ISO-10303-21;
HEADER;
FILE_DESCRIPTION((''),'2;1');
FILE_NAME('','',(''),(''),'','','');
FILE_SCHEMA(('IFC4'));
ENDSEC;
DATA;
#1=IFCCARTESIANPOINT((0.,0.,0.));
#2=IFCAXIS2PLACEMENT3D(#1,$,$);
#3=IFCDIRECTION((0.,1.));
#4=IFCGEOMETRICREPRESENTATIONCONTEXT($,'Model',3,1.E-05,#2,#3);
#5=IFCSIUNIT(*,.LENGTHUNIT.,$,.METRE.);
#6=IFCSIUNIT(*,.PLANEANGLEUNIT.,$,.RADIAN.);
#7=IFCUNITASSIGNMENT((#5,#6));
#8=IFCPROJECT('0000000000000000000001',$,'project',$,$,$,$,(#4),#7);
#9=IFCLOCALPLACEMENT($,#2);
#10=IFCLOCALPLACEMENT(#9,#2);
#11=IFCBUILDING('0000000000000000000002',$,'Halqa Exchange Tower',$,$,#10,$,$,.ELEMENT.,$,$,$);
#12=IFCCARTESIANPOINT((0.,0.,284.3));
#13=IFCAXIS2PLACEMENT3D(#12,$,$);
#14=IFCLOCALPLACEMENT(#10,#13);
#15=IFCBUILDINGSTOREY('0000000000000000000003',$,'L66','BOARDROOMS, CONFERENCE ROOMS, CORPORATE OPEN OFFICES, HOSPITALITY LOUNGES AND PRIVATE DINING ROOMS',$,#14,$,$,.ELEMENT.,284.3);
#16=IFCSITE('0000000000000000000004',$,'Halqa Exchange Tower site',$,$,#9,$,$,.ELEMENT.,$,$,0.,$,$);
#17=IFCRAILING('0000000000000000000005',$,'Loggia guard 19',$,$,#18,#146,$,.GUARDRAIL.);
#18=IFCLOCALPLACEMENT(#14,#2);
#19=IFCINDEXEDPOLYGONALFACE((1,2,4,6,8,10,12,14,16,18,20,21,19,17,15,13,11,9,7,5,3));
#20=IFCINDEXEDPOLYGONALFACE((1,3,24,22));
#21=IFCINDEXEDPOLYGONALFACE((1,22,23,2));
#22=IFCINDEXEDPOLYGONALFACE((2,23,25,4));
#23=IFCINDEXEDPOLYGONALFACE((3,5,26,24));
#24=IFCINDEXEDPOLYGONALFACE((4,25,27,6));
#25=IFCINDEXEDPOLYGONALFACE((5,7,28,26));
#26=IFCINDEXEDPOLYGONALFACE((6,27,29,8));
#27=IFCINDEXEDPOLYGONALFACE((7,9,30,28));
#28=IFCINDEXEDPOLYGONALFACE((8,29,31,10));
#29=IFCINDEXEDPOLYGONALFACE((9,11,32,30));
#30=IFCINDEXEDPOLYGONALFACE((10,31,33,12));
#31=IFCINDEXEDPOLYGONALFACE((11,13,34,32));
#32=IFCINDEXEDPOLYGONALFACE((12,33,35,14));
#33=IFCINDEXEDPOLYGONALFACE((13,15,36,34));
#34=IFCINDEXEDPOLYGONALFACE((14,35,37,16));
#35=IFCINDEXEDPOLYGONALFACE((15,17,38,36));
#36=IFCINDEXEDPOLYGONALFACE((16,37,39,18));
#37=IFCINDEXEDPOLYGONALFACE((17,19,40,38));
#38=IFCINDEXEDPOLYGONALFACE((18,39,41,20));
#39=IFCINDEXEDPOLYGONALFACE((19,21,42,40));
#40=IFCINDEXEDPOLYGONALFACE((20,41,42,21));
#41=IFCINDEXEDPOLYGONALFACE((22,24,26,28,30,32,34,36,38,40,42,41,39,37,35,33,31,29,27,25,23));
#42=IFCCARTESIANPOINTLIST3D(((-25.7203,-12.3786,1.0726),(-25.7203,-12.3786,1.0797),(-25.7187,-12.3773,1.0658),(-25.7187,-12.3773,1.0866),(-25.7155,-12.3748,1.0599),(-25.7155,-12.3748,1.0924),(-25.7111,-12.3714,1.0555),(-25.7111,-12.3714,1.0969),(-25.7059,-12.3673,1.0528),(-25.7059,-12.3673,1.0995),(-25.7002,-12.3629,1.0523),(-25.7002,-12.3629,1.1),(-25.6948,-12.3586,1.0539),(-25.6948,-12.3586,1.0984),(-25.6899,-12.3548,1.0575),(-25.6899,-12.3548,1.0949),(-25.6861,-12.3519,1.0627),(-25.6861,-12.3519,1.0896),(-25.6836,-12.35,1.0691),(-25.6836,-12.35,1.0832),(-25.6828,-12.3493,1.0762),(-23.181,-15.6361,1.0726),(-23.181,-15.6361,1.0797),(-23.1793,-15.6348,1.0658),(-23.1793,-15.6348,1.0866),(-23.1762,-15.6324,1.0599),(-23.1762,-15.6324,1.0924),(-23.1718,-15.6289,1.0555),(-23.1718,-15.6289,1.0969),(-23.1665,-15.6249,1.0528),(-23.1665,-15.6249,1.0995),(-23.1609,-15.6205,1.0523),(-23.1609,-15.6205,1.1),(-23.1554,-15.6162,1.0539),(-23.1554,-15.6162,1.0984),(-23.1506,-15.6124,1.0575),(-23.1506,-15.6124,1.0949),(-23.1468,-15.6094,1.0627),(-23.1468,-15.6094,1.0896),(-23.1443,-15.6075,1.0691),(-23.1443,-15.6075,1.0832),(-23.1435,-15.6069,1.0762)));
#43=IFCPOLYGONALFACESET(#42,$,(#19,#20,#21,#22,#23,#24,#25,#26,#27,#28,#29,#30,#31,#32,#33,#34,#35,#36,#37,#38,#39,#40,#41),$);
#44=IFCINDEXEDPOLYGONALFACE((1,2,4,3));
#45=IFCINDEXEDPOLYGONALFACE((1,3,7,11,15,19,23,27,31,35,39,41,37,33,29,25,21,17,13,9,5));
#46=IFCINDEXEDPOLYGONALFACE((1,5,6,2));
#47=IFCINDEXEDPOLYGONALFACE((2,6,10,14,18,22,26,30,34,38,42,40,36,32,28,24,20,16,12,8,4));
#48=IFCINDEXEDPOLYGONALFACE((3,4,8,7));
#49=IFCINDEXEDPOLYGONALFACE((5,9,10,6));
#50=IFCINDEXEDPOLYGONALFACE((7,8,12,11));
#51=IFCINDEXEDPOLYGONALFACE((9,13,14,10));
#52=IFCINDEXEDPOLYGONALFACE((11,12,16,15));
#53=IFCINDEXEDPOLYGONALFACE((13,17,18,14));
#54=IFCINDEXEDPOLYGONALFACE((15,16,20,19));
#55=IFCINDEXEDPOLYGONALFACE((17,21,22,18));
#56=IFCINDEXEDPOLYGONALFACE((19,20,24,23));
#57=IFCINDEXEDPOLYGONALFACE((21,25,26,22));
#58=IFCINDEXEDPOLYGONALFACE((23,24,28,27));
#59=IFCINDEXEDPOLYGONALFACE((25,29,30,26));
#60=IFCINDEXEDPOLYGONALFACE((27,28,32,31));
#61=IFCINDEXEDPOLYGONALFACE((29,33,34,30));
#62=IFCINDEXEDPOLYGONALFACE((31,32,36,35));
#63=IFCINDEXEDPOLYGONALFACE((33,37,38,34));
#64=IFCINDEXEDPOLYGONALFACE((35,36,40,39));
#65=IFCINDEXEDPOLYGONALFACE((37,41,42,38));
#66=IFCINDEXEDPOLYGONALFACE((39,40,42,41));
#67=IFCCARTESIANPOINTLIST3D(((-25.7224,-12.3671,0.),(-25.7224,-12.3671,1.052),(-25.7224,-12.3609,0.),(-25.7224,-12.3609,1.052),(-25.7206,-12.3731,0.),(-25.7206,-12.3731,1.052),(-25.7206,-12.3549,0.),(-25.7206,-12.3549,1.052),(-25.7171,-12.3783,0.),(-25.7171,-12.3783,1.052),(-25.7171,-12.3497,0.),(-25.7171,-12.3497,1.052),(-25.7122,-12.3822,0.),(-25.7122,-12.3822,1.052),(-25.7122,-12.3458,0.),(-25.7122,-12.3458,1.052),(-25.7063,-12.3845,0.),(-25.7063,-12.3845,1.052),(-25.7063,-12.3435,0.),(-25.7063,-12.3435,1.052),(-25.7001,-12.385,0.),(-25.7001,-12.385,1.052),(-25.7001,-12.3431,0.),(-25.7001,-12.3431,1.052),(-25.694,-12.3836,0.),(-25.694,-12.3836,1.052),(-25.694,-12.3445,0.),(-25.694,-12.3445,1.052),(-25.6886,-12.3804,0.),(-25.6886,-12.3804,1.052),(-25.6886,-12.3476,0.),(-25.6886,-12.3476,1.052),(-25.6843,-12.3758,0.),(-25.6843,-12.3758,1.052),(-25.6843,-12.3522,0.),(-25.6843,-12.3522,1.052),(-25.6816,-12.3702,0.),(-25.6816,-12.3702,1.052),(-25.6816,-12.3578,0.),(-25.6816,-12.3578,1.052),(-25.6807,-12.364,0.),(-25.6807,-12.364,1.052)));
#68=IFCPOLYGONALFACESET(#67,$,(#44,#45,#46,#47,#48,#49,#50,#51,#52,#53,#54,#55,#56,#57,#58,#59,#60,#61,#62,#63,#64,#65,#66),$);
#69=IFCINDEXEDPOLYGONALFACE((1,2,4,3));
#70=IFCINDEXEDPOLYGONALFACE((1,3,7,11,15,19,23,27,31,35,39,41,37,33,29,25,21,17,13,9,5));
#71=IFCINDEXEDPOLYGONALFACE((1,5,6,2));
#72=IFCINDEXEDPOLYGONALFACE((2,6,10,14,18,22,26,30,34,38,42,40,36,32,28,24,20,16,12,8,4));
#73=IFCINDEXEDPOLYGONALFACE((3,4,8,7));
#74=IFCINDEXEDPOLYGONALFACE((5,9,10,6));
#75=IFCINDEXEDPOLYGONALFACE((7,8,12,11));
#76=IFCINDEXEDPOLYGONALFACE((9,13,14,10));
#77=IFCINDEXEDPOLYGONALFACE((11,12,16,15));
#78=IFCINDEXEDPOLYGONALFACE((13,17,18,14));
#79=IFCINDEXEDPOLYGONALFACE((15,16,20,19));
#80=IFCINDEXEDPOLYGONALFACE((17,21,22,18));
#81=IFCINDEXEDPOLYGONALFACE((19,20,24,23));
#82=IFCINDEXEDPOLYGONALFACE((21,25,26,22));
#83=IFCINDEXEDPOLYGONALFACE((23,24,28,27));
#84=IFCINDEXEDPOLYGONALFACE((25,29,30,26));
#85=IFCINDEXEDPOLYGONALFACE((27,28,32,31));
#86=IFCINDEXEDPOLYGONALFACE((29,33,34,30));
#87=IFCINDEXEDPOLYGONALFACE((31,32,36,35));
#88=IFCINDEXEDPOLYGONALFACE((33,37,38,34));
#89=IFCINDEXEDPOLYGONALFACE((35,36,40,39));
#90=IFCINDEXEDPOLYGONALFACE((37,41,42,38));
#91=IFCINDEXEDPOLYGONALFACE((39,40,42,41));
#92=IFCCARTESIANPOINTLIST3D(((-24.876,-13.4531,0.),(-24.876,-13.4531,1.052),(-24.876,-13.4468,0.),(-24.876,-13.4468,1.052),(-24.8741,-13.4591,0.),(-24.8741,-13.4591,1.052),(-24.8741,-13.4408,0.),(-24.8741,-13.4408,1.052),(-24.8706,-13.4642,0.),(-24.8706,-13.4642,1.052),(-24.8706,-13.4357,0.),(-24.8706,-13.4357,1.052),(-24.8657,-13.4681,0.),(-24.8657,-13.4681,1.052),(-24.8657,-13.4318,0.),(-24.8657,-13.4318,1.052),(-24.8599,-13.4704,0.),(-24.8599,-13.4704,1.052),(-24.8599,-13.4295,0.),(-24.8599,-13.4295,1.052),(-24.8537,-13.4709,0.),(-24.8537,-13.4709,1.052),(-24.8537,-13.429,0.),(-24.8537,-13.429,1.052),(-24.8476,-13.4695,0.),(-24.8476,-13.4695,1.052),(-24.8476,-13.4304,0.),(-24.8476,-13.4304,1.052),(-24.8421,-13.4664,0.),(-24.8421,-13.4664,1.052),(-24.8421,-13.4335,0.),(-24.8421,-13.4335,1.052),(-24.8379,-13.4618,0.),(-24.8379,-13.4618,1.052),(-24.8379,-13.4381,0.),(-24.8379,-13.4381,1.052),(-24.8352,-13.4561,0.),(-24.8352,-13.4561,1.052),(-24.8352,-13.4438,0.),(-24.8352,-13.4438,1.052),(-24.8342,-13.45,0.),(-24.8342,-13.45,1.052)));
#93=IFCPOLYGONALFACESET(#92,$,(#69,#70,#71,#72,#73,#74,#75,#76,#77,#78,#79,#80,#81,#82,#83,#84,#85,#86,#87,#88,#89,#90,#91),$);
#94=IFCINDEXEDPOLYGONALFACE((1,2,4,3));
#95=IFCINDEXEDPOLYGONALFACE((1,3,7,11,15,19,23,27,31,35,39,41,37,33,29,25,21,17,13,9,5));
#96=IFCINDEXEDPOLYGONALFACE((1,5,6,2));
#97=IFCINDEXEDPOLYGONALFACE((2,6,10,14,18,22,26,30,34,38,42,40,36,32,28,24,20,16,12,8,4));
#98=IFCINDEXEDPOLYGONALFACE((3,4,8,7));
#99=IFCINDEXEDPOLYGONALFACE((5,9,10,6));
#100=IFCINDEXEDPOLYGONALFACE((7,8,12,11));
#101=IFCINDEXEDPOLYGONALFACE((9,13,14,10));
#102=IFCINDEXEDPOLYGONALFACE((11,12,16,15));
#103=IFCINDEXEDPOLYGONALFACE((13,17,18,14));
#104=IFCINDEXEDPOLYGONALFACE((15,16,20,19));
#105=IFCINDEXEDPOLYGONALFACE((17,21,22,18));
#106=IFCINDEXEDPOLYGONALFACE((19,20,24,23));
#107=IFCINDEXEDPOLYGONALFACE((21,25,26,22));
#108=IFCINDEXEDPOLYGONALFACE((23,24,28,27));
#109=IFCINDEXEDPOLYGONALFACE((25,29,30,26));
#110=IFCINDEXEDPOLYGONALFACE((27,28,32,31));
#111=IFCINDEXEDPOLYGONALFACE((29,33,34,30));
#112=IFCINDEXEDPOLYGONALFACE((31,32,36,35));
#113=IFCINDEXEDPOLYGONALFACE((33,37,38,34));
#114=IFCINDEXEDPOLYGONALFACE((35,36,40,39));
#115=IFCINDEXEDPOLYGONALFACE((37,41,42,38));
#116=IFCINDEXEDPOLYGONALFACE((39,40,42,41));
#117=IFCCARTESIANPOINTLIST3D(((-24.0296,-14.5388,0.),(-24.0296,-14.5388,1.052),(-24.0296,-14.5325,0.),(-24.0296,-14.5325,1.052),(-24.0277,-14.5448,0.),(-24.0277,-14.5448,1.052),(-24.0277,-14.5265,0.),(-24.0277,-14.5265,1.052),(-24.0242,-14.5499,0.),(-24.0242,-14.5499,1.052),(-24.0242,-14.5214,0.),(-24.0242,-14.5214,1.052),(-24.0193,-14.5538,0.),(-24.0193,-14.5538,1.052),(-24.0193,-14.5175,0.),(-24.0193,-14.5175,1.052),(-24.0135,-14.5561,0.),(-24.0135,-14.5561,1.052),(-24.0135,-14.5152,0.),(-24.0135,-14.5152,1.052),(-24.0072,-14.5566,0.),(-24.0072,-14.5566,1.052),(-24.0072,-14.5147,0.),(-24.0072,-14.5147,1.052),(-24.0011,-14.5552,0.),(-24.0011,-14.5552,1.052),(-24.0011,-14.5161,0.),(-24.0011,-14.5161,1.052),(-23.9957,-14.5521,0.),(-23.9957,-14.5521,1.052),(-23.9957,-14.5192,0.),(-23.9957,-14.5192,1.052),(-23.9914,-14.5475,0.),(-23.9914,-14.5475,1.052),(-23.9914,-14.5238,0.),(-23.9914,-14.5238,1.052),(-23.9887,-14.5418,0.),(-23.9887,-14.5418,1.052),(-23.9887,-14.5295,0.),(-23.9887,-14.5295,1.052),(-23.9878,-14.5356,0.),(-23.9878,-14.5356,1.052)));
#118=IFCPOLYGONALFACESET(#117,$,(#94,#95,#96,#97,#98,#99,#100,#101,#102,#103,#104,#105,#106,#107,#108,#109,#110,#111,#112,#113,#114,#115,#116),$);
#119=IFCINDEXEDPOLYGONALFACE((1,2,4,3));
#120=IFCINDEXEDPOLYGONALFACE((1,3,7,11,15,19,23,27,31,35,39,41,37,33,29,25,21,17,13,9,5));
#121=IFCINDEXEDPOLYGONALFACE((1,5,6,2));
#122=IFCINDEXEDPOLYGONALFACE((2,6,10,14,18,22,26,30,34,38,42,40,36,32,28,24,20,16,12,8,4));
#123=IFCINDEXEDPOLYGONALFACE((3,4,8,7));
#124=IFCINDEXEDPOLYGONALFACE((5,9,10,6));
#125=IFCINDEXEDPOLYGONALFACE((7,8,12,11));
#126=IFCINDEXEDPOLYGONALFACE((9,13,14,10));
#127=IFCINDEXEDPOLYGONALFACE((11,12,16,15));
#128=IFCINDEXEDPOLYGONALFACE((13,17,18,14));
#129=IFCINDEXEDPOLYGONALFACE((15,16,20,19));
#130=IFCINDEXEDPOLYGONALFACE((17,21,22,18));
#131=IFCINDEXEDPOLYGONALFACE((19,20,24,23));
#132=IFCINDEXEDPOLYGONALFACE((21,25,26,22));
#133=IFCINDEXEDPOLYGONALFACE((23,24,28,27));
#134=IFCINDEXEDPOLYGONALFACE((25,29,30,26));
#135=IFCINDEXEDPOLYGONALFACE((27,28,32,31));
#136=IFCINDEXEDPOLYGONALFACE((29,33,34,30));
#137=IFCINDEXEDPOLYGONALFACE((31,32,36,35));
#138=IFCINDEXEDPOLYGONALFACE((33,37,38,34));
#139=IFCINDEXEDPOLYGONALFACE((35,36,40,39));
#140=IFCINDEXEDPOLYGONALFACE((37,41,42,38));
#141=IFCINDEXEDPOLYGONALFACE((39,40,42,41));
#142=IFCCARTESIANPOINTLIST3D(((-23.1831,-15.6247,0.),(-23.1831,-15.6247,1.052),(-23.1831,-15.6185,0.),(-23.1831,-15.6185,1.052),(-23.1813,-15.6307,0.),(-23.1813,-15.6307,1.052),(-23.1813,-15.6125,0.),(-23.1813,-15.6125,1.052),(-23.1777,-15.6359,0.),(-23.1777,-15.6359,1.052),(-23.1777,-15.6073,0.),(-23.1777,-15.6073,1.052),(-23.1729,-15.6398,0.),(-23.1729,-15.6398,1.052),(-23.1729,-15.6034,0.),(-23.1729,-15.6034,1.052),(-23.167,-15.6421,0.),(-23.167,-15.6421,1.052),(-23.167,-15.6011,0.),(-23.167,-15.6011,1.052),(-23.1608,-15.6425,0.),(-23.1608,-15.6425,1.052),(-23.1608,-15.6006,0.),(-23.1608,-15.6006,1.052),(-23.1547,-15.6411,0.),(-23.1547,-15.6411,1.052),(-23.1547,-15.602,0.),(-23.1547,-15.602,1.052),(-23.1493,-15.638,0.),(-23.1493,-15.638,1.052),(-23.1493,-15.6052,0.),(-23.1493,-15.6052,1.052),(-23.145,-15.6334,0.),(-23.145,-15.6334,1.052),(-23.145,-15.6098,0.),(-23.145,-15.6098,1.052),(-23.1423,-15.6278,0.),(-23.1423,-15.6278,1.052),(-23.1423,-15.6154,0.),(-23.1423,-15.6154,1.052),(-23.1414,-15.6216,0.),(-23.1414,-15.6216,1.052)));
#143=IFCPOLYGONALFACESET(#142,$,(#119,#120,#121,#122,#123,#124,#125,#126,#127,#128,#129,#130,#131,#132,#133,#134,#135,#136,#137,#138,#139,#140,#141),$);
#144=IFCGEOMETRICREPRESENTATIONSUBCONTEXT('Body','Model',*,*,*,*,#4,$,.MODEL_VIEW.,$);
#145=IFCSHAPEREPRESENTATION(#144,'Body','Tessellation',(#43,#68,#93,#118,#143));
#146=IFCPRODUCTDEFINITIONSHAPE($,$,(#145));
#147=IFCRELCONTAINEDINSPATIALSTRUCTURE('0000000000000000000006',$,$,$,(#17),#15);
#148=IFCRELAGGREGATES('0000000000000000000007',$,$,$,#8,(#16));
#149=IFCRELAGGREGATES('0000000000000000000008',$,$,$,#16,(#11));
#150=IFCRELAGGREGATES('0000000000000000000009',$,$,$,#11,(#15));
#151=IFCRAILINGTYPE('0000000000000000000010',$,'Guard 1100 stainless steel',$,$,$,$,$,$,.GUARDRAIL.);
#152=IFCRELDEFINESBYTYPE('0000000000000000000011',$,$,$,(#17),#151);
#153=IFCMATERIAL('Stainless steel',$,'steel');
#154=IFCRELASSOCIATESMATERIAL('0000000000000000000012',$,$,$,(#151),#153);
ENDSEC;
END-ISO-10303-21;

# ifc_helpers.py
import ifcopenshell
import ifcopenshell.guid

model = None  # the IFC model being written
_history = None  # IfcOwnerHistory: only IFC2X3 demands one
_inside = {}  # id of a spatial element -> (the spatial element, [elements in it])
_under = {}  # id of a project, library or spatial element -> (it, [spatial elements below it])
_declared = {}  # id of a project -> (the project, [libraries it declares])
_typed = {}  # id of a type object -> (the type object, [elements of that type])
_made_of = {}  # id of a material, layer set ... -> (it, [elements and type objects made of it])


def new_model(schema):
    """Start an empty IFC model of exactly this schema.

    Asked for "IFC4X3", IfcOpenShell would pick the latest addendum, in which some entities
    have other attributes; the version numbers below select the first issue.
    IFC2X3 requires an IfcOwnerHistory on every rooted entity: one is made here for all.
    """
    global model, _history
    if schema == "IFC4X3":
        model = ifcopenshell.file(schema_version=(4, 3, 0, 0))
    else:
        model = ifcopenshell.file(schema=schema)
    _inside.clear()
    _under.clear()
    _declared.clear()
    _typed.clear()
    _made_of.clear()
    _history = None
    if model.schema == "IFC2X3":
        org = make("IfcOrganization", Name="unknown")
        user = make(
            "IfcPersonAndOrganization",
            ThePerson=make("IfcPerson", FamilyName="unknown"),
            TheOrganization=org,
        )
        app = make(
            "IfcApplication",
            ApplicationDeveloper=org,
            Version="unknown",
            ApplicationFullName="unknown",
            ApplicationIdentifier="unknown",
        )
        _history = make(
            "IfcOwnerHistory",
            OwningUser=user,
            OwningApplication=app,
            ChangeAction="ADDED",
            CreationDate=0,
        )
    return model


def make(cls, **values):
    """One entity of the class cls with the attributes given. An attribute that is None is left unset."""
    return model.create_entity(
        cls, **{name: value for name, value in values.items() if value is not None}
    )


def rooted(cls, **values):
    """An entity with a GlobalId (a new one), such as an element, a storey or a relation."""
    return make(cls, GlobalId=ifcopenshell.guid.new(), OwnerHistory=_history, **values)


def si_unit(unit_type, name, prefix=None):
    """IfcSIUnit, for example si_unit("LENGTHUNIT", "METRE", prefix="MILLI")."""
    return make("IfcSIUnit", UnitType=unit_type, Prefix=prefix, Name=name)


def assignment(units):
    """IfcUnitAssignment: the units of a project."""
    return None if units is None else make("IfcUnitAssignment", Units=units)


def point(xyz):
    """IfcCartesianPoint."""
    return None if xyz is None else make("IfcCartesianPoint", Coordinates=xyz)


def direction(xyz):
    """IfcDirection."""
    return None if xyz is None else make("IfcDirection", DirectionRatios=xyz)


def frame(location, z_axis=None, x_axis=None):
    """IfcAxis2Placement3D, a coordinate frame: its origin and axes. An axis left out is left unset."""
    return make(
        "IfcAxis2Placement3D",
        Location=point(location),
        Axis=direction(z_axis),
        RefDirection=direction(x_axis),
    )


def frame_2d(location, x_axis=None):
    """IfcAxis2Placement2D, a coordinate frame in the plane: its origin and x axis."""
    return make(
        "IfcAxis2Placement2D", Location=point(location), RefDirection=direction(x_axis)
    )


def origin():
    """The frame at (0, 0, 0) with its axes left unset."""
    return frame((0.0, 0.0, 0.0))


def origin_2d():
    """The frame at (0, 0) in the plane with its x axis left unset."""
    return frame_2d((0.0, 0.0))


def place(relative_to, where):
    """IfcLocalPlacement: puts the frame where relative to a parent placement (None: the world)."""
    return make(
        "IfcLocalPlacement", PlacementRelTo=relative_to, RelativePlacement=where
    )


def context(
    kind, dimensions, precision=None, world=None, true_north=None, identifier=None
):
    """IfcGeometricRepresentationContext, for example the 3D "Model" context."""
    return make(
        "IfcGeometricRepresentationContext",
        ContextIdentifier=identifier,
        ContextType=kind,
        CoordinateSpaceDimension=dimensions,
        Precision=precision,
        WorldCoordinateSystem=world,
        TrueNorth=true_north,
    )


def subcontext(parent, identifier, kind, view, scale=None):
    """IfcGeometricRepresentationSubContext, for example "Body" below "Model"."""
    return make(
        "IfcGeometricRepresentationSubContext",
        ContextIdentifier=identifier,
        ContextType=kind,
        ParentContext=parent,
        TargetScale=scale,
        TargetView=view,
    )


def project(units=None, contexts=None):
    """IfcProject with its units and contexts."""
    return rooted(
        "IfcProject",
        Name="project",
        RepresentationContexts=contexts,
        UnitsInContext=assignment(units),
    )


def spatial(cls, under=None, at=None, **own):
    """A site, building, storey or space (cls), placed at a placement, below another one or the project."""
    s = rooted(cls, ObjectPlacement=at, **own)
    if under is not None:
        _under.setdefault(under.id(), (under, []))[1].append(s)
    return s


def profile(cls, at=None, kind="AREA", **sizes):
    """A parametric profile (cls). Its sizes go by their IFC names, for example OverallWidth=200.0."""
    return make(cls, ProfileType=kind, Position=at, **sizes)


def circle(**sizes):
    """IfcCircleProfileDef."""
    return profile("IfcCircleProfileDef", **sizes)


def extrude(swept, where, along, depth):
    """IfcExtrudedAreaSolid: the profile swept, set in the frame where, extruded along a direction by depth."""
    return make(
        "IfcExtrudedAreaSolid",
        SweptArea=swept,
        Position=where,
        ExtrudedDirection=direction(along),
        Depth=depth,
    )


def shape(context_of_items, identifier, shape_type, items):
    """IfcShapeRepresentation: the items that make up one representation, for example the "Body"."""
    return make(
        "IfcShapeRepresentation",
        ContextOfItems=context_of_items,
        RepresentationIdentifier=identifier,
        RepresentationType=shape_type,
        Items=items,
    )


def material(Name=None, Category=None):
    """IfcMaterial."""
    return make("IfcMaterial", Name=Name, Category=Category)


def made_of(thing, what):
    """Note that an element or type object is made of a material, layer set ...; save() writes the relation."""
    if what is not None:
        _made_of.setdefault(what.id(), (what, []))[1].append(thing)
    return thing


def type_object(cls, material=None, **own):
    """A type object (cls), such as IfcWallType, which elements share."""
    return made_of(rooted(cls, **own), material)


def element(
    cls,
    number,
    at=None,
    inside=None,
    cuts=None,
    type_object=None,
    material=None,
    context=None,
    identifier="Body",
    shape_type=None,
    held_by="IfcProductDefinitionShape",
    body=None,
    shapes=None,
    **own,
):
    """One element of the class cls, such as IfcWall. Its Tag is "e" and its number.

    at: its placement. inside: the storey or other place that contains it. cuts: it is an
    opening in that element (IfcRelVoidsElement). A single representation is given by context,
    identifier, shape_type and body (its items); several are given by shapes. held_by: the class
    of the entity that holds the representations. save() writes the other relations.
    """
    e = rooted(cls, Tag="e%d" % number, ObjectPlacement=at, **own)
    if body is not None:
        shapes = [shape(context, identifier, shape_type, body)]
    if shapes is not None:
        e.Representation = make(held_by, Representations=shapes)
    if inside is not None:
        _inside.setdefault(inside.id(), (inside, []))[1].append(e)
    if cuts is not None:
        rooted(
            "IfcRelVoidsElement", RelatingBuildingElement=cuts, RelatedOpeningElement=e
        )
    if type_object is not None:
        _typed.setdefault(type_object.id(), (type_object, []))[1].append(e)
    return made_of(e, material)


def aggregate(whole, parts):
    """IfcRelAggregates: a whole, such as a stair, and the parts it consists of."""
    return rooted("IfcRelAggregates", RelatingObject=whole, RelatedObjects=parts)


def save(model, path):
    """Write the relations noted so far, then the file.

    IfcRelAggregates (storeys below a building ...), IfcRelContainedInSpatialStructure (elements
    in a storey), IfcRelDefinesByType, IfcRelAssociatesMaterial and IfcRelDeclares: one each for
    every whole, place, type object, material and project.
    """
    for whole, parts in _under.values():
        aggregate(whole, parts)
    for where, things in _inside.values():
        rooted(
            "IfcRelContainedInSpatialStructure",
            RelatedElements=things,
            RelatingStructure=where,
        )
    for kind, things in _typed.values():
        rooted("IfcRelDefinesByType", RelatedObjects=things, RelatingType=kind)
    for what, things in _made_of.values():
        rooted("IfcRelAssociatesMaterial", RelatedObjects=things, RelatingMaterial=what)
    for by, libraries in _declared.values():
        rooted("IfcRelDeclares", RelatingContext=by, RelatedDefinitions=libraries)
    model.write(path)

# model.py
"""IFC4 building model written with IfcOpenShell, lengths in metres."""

from ifc_helpers import new_model, si_unit, direction, frame, origin, origin_2d, place, context, subcontext, project, spatial, circle, extrude, material, type_object, element, save


model = new_model("IFC4")

# Units and contexts
model_context = context("Model", 3, precision=1e-05, world=origin(), true_north=direction((0.0, 1.0)))
body_context = subcontext(model_context, "Body", "Model", "MODEL_VIEW")
ifc_project = project(units=[si_unit("LENGTHUNIT", "METRE"), si_unit("PLANEANGLEUNIT", "RADIAN")], contexts=[model_context])

# Site, building, storey
site_placement = place(None, origin())
site = spatial("IfcSite", under=ifc_project, at=site_placement, Name="Halqa Exchange Tower site", CompositionType="ELEMENT", RefElevation=0.0)
building_placement = place(site_placement, origin())
building = spatial("IfcBuilding", under=site, at=building_placement, Name="Halqa Exchange Tower", CompositionType="ELEMENT")
storey_placement = place(building_placement, frame((0.0, 0.0, 284.3)))
storey = spatial("IfcBuildingStorey", under=building, at=storey_placement, Name="L66", Description="BOARDROOMS, CONFERENCE ROOMS, CORPORATE OPEN OFFICES, HOSPITALITY LOUNGES AND PRIVATE DINING ROOMS", CompositionType="ELEMENT", Elevation=284.3)

# Railing
ifc_material_1 = material(Name="Stainless steel", Category="steel")
railing_type = type_object("IfcRailingType", Name="Guard 1100 stainless steel", PredefinedType="GUARDRAIL", material=ifc_material_1)
railing_1_placement = place(storey_placement, frame((-25.7017, -12.364, 0.0)))
element("IfcRailing", 1, at=railing_1_placement, inside=storey, type_object=railing_type, Name="Loggia guard 19", PredefinedType="GUARDRAIL", context=body_context, shape_type="SweptSolid", body=[
    extrude(circle(Radius=0.0239, at=origin_2d()), frame((0.0, 0.0, 1.0762), z_axis=(0.614791, -0.78869, 0.0), x_axis=(0.78869, 0.614791, 0.0)), (0.0, 0.0, 1.0), 4.1304),
    extrude(circle(Radius=0.021, at=origin_2d()), origin(), (0.0, 0.0, 1.0), 1.052),
    extrude(circle(Radius=0.021, at=origin_2d()), frame((0.8464, -1.0859, 0.0)), (0.0, 0.0, 1.0), 1.052),
    extrude(circle(Radius=0.021, at=origin_2d()), frame((1.6929, -2.1716, 0.0)), (0.0, 0.0, 1.0), 1.052),
    extrude(circle(Radius=0.021, at=origin_2d()), frame((2.5393, -3.2576, 0.0)), (0.0, 0.0, 1.0), 1.052),
])

save(model, "model.ifc")
